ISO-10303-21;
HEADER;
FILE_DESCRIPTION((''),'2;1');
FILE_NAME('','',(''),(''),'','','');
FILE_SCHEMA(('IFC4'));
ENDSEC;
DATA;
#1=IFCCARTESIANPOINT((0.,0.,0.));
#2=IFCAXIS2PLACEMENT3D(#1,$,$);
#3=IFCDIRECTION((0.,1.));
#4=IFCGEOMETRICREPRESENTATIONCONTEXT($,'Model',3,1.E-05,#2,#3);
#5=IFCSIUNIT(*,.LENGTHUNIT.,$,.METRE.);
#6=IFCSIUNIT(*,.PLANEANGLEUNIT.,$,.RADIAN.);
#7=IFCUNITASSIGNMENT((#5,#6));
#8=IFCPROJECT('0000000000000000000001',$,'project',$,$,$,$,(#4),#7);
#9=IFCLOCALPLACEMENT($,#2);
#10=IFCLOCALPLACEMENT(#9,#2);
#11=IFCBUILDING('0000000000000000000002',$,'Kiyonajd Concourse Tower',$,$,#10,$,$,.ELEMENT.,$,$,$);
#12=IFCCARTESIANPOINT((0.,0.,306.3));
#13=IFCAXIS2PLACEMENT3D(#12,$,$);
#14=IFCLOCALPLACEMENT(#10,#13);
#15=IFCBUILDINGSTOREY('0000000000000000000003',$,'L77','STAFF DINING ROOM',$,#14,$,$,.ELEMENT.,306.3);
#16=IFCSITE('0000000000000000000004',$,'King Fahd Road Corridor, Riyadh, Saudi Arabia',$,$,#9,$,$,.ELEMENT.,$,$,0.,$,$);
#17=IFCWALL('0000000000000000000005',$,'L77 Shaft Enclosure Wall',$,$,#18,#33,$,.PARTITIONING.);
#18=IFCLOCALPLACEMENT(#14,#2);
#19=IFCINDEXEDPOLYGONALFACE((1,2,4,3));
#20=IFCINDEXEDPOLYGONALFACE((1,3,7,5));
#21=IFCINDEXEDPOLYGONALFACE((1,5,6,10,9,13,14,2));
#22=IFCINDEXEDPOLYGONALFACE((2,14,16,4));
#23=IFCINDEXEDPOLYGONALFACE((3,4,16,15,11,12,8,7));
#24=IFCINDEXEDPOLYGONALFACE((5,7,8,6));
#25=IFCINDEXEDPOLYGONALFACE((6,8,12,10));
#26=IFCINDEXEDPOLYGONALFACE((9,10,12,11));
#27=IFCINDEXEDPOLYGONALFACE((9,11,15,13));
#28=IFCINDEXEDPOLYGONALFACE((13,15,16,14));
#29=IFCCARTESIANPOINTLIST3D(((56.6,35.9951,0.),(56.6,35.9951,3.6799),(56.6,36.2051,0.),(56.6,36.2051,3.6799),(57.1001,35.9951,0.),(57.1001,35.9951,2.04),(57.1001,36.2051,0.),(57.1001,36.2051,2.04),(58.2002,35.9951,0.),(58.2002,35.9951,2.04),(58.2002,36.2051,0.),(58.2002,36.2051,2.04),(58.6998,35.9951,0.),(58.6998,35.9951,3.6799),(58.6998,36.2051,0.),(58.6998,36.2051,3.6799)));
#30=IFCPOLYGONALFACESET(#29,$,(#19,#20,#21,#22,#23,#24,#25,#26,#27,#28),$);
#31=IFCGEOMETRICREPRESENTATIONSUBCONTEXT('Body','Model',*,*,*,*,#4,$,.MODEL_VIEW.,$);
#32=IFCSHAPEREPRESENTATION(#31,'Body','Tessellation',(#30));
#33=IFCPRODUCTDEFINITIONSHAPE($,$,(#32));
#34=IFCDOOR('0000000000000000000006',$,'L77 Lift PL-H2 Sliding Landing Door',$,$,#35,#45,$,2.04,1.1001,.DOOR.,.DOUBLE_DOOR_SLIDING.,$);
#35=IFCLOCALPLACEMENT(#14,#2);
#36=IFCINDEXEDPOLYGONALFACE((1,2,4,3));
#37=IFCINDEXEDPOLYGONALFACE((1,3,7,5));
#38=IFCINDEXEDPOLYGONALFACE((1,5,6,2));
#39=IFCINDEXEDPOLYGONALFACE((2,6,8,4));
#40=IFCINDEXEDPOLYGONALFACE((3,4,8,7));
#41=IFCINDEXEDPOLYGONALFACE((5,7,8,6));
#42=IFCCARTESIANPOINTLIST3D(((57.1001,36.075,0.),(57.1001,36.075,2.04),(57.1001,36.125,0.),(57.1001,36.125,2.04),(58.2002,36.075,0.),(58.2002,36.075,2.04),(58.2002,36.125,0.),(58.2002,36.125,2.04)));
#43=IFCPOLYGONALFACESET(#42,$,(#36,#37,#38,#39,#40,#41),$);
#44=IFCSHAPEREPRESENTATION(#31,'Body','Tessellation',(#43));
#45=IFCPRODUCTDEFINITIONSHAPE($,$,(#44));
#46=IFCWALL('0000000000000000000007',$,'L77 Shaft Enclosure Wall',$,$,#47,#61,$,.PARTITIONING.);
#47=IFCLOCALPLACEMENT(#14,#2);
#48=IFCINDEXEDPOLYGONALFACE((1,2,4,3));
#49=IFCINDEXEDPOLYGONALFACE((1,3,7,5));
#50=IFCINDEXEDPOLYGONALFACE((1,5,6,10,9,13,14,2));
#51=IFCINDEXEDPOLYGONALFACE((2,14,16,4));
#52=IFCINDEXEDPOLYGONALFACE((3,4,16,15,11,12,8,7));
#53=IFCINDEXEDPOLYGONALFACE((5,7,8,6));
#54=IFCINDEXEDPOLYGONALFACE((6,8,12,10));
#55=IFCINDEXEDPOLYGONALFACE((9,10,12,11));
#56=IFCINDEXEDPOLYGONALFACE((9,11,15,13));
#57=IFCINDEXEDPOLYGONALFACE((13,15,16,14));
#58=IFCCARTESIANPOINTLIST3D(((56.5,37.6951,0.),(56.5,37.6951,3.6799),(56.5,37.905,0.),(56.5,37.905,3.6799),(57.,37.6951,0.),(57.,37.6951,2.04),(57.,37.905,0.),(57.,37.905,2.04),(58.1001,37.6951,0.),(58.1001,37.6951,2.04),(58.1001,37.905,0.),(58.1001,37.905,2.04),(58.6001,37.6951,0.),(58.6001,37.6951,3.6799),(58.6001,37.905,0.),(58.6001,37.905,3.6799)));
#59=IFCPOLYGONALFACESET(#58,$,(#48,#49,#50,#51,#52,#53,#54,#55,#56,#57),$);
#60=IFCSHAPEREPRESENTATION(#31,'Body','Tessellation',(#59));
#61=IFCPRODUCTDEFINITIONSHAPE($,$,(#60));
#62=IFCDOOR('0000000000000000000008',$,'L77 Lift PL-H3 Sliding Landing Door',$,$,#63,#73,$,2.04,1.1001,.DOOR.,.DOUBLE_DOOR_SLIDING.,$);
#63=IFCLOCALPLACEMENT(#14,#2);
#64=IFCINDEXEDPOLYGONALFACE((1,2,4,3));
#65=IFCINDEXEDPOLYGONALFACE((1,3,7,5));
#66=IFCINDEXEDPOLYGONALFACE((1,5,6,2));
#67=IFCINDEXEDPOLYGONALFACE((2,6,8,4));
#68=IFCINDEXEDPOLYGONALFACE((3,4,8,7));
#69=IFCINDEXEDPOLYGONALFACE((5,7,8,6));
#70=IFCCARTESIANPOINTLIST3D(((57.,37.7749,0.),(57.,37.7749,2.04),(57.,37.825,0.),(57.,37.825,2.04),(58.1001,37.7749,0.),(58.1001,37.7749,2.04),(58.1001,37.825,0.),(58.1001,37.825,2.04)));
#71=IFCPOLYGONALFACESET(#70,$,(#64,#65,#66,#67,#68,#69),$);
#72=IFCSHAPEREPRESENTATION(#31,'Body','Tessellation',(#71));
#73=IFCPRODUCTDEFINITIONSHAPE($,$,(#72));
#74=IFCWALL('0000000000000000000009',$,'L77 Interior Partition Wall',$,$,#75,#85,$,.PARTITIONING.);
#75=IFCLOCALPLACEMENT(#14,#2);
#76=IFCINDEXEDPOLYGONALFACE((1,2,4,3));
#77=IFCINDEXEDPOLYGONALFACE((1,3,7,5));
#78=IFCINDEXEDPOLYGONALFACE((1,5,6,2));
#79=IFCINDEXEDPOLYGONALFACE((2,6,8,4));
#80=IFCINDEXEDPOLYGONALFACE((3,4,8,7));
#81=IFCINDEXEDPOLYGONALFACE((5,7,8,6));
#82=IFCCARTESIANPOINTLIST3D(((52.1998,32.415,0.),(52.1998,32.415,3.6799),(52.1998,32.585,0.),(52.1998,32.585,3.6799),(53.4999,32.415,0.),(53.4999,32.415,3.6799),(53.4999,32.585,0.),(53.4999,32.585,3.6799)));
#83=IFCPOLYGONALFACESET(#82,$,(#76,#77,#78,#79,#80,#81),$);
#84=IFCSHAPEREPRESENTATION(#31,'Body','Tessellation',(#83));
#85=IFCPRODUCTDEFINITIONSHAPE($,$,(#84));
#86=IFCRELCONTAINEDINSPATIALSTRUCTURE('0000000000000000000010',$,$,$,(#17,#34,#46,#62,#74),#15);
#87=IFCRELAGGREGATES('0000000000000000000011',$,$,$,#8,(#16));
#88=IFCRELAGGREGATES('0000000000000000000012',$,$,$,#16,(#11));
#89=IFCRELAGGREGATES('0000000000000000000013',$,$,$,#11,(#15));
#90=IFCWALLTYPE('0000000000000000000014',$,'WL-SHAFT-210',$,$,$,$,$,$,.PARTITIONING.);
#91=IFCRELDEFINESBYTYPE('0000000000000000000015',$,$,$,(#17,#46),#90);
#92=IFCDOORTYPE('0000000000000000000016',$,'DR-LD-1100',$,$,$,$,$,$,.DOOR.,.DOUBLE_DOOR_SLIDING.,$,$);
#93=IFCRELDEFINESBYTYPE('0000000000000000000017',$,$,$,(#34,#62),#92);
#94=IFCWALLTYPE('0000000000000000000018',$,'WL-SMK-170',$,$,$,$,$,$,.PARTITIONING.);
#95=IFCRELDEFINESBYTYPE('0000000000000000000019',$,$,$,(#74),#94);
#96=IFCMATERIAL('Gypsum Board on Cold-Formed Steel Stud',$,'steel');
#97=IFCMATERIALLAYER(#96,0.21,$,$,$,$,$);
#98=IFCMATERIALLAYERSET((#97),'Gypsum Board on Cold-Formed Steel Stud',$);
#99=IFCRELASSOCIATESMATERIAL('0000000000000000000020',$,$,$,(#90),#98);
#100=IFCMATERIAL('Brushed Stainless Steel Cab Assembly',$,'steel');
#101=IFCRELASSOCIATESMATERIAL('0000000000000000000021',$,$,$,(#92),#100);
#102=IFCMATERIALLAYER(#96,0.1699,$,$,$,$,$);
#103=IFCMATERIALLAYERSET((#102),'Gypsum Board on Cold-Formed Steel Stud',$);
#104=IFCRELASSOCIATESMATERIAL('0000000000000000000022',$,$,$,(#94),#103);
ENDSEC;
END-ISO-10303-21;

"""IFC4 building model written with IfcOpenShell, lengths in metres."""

from ifc_helpers import new_model, si_unit, direction, frame, frame_2d, origin, place, context, subcontext, project, spatial, rectangle, extrude, material, layer, layer_set, type_object, element, fill, save


model = new_model("IFC4")

# Units and contexts
model_context = context("Model", 3, precision=1e-05, world=origin(), true_north=direction((0.0, 1.0)))
body_context = subcontext(model_context, "Body", "Model", "MODEL_VIEW")
ifc_project = project(units=[si_unit("LENGTHUNIT", "METRE"), si_unit("PLANEANGLEUNIT", "RADIAN")], contexts=[model_context])

# Site, building, storey
site_placement = place(None, origin())
site = spatial("IfcSite", under=ifc_project, at=site_placement, Name="King Fahd Road Corridor, Riyadh, Saudi Arabia", CompositionType="ELEMENT", RefElevation=0.0)
building_placement = place(site_placement, origin())
building = spatial("IfcBuilding", under=site, at=building_placement, Name="Kiyonajd Concourse Tower", CompositionType="ELEMENT")
storey_placement = place(building_placement, frame((0.0, 0.0, 306.3)))
storey = spatial("IfcBuildingStorey", under=building, at=storey_placement, Name="L77", Description="STAFF DINING ROOM", CompositionType="ELEMENT", Elevation=306.3)

# Shared definitions
ifc_material_1 = material(Name="Gypsum Board on Cold-Formed Steel Stud", Category="steel")
ifc_layer_1 = layer(ifc_material_1, 0.21)
ifc_layer_set_1 = layer_set([ifc_layer_1], Name="Gypsum Board on Cold-Formed Steel Stud")
wall_type_1 = type_object("IfcWallType", Name="WL-SHAFT-210", PredefinedType="PARTITIONING", material=ifc_layer_set_1)
ifc_material_2 = material(Name="Brushed Stainless Steel Cab Assembly", Category="steel")

# Shared definitions
door_type_1 = type_object("IfcDoorType", Name="DR-LD-1100", OperationType="DOUBLE_DOOR_SLIDING", PredefinedType="DOOR", material=ifc_material_2)

# Walls, openings, doors
wall_1_placement = place(storey_placement, frame((56.6001, 36.1001, 0.0), z_axis=(0.0, 0.0, 1.0), x_axis=(1.0, 0.0, 0.0)))
wall_1 = element("IfcWall", 1, at=wall_1_placement, inside=storey, type_object=wall_type_1, Name="L77 Shaft Enclosure Wall", PredefinedType="PARTITIONING", context=body_context, shape_type="SweptSolid", body=[
    extrude(rectangle(XDim=2.0999, YDim=0.21, at=frame_2d((1.0498, 0.0))), origin(), (0.0, 0.0, 1.0), 3.6799),
])
opening_1_placement = place(wall_1_placement, frame((0.5, 0.0, 0.0)))
opening_1 = element("IfcOpeningElement", 2, at=opening_1_placement, cuts=wall_1, PredefinedType="OPENING", context=body_context, shape_type="SweptSolid", body=[
    extrude(rectangle(XDim=1.1001, YDim=2.04, at=frame_2d((0.55, 1.02))), frame((0.0, 0.115, 0.0), z_axis=(0.0, -1.0, 0.0), x_axis=(1.0, 0.0, 0.0)), (0.0, 0.0, 1.0), 0.23),
])
door_1_placement = place(opening_1_placement, origin())
door_1 = element("IfcDoor", 3, at=door_1_placement, inside=storey, type_object=door_type_1, Name="L77 Lift PL-H2 Sliding Landing Door", OperationType="DOUBLE_DOOR_SLIDING", OverallHeight=2.04, OverallWidth=1.1001, PredefinedType="DOOR", context=body_context, shape_type="SweptSolid", body=[
    extrude(rectangle(XDim=1.1001, YDim=2.04, at=frame_2d((0.55, 1.02))), frame((0.0, 0.0249, 0.0), z_axis=(0.0, -1.0, 0.0), x_axis=(1.0, 0.0, 0.0)), (0.0, 0.0, 1.0), 0.05),
])
fill(opening_1, door_1)
wall_2_placement = place(storey_placement, frame((56.5, 37.8, 0.0), z_axis=(0.0, 0.0, 1.0), x_axis=(1.0, 0.0, 0.0)))
wall_2 = element("IfcWall", 4, at=wall_2_placement, inside=storey, type_object=wall_type_1, Name="L77 Shaft Enclosure Wall", PredefinedType="PARTITIONING", context=body_context, shape_type="SweptSolid", body=[
    extrude(rectangle(XDim=2.1001, YDim=0.21, at=frame_2d((1.05, 0.0))), origin(), (0.0, 0.0, 1.0), 3.6799),
])
opening_2_placement = place(wall_2_placement, frame((0.5, 0.0, 0.0)))
opening_2 = element("IfcOpeningElement", 5, at=opening_2_placement, cuts=wall_2, PredefinedType="OPENING", context=body_context, shape_type="SweptSolid", body=[
    extrude(rectangle(XDim=1.1001, YDim=2.04, at=frame_2d((0.55, 1.02))), frame((0.0, 0.115, 0.0), z_axis=(0.0, -1.0, 0.0), x_axis=(1.0, 0.0, 0.0)), (0.0, 0.0, 1.0), 0.23),
])
door_2_placement = place(opening_2_placement, origin())
door_2 = element("IfcDoor", 6, at=door_2_placement, inside=storey, type_object=door_type_1, Name="L77 Lift PL-H3 Sliding Landing Door", OperationType="DOUBLE_DOOR_SLIDING", OverallHeight=2.04, OverallWidth=1.1001, PredefinedType="DOOR", context=body_context, shape_type="SweptSolid", body=[
    extrude(rectangle(XDim=1.1001, YDim=2.04, at=frame_2d((0.55, 1.02))), frame((0.0, 0.0249, 0.0), z_axis=(0.0, -1.0, 0.0), x_axis=(1.0, 0.0, 0.0)), (0.0, 0.0, 1.0), 0.05),
])
fill(opening_2, door_2)

# Wall
ifc_layer_2 = layer(ifc_material_1, 0.1699)
ifc_layer_set_2 = layer_set([ifc_layer_2], Name="Gypsum Board on Cold-Formed Steel Stud")
wall_type_2 = type_object("IfcWallType", Name="WL-SMK-170", PredefinedType="PARTITIONING", material=ifc_layer_set_2)
wall_3_placement = place(storey_placement, frame((52.2, 32.5, 0.0), z_axis=(0.0, 0.0, 1.0), x_axis=(1.0, 0.0, 0.0)))
element("IfcWall", 7, at=wall_3_placement, inside=storey, type_object=wall_type_2, Name="L77 Interior Partition Wall", PredefinedType="PARTITIONING", context=body_context, shape_type="SweptSolid", body=[
    extrude(rectangle(XDim=1.3, YDim=0.1699, at=frame_2d((0.6499, 0.0))), origin(), (0.0, 0.0, 1.0), 3.6799),
])

save(model, "model.ifc")
